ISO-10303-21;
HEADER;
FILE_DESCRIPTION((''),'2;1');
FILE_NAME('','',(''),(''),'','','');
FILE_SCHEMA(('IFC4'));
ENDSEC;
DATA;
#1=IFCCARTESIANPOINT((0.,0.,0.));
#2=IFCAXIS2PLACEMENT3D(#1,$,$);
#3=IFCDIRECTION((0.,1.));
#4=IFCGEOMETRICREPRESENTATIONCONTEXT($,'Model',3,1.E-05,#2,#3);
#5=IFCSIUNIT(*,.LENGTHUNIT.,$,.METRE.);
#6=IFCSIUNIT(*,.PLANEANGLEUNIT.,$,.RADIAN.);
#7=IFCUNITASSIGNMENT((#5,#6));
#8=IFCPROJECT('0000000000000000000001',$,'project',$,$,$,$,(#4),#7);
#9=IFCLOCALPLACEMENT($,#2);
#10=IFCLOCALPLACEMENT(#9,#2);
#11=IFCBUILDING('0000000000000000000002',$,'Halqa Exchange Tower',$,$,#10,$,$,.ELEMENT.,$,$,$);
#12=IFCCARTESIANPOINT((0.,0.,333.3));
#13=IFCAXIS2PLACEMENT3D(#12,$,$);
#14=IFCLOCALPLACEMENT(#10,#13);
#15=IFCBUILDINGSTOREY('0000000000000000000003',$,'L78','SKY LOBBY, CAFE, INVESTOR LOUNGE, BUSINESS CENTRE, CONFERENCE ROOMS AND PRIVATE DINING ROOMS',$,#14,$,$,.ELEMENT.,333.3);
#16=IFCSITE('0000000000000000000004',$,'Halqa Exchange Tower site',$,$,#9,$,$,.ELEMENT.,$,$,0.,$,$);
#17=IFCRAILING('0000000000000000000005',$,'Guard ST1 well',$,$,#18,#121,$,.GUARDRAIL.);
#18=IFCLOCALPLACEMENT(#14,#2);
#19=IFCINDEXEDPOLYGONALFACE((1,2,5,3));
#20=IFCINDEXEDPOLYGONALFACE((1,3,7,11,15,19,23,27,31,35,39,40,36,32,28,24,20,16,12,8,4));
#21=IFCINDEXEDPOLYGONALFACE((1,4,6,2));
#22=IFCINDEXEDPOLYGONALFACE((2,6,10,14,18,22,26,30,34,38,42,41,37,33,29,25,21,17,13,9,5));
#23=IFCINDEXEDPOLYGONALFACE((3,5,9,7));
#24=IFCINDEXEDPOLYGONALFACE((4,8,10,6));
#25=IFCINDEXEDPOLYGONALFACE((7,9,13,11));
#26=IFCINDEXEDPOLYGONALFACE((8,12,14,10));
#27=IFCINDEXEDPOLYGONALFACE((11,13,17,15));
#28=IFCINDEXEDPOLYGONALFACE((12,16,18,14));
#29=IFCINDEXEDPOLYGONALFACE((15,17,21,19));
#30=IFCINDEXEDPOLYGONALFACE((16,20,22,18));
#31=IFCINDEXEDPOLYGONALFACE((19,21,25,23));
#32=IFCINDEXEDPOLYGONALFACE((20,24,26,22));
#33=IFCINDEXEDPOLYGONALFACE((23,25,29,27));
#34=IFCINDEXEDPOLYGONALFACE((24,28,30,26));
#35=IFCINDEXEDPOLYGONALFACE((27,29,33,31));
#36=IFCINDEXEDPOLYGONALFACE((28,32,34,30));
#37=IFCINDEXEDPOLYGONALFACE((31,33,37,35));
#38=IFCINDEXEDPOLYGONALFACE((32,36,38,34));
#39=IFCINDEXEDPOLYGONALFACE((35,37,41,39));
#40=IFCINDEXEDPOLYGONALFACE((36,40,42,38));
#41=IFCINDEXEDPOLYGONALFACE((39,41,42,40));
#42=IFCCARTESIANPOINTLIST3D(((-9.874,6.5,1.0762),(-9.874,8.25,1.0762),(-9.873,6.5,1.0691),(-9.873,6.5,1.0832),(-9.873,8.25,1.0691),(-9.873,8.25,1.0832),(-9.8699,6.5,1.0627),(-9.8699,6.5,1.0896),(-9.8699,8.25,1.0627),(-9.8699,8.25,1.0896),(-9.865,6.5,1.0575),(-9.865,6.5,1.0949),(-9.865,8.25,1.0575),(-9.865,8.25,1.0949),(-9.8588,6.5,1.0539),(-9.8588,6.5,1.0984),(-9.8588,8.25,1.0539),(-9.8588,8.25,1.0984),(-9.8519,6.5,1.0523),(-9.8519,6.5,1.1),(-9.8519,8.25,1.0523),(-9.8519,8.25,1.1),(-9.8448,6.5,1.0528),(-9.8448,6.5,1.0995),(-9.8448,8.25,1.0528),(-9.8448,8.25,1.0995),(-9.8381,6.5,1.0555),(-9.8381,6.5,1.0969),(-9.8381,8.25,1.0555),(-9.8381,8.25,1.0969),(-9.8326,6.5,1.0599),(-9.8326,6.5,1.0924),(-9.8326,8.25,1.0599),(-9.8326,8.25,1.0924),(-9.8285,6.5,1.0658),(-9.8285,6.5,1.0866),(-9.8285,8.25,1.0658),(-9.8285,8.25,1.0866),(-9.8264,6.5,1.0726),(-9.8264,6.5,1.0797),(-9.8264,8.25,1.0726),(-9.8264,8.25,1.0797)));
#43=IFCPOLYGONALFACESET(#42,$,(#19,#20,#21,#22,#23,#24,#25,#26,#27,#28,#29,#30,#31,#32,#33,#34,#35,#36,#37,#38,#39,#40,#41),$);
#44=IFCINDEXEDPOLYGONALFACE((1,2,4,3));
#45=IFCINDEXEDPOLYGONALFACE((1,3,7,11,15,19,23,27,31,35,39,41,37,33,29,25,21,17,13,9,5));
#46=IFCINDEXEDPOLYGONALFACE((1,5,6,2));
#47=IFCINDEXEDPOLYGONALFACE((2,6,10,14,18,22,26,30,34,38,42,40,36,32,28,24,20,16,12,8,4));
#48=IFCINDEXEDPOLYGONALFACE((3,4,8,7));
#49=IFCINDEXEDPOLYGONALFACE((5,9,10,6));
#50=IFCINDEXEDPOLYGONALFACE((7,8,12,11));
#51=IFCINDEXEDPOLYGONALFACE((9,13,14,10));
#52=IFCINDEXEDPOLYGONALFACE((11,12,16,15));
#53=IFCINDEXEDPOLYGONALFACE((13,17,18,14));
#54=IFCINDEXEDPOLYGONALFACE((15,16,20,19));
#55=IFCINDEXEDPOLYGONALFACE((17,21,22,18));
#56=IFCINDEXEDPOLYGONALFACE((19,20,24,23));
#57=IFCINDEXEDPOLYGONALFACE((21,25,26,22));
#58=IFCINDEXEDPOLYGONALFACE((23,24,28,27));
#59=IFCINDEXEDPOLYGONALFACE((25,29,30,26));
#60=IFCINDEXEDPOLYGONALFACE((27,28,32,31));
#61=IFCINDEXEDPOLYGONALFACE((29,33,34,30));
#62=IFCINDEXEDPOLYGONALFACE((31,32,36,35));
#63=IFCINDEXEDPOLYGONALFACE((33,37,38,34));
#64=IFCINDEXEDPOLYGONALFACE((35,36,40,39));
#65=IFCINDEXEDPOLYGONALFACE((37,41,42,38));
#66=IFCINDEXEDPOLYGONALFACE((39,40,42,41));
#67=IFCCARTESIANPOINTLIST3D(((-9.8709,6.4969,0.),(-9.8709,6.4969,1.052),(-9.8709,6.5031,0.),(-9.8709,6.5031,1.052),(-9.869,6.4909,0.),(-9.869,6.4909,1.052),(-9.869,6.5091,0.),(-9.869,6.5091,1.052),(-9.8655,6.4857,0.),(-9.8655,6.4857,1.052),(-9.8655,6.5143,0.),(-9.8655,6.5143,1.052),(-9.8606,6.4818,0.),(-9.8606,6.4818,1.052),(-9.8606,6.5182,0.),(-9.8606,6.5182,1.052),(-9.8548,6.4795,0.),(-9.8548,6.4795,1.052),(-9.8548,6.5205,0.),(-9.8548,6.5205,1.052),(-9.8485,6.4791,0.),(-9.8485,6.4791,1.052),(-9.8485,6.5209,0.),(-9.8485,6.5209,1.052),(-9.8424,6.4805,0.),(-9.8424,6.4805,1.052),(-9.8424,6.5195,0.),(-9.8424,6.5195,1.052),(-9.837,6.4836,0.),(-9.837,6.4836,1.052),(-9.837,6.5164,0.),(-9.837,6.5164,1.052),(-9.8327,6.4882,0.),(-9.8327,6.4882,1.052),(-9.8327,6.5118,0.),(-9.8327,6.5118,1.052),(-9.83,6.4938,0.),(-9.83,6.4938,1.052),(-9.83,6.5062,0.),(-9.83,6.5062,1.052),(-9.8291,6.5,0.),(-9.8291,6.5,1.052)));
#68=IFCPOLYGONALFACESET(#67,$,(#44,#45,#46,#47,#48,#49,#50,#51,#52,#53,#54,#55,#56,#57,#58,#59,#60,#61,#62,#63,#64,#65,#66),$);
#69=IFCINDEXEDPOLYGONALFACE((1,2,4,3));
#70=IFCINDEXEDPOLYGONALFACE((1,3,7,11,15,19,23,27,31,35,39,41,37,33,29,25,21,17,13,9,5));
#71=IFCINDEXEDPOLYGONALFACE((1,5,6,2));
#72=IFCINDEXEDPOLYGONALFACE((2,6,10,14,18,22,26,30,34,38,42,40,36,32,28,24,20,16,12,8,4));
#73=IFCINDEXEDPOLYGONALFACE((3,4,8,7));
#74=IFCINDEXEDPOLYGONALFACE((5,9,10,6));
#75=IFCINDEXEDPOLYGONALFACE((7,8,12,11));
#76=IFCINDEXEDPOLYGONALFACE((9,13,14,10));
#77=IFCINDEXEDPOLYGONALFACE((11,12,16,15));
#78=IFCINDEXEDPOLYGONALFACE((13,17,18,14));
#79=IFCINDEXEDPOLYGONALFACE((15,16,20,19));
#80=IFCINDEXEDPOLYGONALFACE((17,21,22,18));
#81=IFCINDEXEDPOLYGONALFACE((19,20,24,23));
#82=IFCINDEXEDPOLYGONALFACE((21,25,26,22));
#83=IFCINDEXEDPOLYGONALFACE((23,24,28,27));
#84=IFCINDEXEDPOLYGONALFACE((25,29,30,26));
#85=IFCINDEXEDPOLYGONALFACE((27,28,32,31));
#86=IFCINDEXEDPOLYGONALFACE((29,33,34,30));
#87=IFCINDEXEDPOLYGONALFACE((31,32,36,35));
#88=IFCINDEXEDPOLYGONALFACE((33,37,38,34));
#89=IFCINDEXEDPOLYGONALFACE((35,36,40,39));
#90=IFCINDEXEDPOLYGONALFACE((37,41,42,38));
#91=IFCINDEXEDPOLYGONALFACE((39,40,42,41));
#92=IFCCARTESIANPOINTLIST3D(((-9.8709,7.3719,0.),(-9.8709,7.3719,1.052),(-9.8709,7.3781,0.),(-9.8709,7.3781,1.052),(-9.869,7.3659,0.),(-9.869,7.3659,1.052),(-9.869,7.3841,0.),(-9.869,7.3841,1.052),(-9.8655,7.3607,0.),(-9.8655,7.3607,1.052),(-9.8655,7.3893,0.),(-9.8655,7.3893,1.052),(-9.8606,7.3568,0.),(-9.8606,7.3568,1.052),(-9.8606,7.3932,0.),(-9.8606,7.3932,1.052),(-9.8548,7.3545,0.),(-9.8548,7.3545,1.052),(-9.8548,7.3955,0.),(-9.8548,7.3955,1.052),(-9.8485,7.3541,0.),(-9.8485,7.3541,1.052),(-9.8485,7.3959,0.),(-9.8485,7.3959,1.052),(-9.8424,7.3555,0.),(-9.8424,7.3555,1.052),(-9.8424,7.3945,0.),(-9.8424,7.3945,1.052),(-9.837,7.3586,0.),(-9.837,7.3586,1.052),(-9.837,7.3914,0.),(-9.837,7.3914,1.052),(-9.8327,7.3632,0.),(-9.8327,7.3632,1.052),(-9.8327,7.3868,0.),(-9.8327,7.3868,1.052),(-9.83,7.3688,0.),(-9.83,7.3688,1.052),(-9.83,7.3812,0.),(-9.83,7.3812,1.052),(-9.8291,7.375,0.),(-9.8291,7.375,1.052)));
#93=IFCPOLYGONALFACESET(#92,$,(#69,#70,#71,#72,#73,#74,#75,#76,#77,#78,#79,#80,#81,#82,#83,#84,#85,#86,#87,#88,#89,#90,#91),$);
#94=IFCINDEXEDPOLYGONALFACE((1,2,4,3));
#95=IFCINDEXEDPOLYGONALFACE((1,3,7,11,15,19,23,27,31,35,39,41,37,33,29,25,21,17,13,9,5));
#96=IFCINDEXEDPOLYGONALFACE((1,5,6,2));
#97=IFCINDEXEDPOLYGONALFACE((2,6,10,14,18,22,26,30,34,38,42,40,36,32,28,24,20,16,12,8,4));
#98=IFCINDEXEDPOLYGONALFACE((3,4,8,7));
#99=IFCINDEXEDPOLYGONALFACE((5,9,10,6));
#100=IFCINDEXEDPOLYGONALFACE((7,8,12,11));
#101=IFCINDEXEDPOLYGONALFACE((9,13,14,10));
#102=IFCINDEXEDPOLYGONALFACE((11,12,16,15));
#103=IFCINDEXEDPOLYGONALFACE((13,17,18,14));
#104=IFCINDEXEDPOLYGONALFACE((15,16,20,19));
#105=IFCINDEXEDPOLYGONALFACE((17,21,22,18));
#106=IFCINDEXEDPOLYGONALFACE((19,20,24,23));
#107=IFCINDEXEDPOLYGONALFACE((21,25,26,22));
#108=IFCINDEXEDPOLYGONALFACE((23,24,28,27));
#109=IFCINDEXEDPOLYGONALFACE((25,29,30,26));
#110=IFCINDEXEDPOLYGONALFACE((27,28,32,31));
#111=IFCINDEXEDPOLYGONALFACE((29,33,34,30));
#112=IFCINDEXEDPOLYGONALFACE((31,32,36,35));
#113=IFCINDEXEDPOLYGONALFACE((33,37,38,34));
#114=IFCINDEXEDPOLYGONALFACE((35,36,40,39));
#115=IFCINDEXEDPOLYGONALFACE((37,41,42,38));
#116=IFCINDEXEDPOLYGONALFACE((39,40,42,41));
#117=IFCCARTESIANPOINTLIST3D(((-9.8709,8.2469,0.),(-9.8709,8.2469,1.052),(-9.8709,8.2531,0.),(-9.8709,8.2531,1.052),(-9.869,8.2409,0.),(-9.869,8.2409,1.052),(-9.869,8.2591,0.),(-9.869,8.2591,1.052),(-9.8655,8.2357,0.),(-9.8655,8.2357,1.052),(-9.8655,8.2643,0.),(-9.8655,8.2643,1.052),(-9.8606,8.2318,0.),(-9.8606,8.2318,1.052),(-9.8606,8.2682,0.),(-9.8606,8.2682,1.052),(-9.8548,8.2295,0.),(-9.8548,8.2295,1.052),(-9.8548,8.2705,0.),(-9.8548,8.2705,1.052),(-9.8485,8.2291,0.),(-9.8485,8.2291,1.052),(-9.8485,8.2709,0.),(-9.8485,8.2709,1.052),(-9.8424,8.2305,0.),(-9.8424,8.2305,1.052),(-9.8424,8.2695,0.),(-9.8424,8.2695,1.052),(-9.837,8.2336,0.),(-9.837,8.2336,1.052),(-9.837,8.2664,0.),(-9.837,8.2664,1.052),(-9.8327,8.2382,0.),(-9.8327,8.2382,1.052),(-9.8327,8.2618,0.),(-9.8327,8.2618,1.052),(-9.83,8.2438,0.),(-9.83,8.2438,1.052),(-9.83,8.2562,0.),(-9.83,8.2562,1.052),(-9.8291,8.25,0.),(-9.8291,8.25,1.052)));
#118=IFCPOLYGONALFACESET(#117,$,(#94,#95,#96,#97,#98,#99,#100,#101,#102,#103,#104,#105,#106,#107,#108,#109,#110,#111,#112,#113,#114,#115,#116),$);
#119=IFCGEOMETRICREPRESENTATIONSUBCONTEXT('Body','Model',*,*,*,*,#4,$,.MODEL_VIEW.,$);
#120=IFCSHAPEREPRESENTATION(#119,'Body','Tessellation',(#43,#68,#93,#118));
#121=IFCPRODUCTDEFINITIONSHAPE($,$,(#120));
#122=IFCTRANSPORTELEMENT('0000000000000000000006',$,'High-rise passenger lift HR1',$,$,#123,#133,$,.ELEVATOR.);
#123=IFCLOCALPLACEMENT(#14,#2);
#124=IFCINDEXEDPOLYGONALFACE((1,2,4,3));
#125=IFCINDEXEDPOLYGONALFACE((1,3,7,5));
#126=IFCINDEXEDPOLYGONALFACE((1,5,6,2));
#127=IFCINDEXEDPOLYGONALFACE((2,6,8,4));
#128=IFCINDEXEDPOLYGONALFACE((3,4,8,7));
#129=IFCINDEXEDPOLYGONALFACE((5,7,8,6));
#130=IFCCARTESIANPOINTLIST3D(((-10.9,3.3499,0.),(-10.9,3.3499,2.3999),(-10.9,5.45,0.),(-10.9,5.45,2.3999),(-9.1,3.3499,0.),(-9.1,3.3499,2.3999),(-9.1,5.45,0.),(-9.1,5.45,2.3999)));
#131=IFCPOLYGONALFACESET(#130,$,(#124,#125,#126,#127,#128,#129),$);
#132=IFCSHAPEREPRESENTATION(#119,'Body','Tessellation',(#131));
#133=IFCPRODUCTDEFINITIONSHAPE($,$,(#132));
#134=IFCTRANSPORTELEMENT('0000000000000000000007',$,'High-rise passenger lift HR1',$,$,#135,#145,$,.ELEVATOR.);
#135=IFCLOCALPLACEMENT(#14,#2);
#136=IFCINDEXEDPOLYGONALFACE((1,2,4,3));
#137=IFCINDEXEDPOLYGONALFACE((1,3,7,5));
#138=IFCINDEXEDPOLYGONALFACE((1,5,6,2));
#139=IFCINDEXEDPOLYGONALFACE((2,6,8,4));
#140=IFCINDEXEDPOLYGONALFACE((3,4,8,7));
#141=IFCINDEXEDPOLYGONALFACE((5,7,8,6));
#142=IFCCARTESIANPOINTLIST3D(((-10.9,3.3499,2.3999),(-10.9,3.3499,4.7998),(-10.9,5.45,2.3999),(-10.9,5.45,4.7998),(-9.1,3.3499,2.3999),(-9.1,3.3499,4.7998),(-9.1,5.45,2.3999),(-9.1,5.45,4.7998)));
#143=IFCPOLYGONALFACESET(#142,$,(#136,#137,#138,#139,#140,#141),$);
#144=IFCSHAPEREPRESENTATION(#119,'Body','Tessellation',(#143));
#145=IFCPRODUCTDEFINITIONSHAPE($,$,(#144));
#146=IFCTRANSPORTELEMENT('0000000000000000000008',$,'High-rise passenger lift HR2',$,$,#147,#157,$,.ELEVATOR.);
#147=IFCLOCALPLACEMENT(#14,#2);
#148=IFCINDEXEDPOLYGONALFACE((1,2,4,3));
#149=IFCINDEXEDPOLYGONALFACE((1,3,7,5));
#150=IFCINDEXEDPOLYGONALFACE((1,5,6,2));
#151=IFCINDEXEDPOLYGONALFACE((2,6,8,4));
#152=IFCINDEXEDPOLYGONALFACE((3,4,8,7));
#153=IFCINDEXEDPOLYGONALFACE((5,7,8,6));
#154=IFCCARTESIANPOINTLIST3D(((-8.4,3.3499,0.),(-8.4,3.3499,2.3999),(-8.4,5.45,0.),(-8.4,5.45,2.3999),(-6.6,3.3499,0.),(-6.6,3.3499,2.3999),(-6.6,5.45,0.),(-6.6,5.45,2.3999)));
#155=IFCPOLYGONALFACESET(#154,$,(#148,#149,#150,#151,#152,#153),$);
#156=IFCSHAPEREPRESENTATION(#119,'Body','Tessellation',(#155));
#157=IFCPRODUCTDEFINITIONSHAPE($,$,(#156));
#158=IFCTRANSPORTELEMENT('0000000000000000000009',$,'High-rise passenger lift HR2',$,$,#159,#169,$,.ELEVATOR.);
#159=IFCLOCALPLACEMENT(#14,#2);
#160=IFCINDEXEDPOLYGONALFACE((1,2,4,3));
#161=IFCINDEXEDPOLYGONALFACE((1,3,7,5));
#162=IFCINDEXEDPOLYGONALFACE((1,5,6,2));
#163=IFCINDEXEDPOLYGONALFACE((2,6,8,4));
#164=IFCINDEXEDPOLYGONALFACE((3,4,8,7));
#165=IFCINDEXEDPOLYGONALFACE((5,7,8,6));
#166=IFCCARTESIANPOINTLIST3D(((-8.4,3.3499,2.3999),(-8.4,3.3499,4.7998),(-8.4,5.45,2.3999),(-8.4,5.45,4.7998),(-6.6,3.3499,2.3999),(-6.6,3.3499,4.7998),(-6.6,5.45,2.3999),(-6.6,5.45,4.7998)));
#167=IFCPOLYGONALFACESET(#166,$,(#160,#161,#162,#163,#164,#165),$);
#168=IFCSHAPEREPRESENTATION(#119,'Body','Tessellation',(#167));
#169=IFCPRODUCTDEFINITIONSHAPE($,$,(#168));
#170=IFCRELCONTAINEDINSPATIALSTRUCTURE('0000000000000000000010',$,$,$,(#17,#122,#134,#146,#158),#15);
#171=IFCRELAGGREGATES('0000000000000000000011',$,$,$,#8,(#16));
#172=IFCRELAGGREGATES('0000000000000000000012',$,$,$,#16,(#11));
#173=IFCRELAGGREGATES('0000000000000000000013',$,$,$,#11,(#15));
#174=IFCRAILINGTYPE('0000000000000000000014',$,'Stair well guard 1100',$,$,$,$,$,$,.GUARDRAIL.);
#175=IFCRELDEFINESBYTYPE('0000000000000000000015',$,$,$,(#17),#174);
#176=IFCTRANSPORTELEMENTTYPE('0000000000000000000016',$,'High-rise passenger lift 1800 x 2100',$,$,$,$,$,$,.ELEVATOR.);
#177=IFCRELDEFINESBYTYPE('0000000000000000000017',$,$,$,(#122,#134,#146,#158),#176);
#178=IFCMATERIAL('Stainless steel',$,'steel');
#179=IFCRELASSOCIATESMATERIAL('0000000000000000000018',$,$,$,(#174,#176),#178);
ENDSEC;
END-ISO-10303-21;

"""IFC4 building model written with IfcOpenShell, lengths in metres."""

from ifc_helpers import new_model, si_unit, direction, frame, origin, origin_2d, place, context, subcontext, project, spatial, rectangle, circle, extrude, material, type_object, element, save


model = new_model("IFC4")

# Units and contexts
model_context = context("Model", 3, precision=1e-05, world=origin(), true_north=direction((0.0, 1.0)))
body_context = subcontext(model_context, "Body", "Model", "MODEL_VIEW")
ifc_project = project(units=[si_unit("LENGTHUNIT", "METRE"), si_unit("PLANEANGLEUNIT", "RADIAN")], contexts=[model_context])

# Site, building, storey
site_placement = place(None, origin())
site = spatial("IfcSite", under=ifc_project, at=site_placement, Name="Halqa Exchange Tower site", CompositionType="ELEMENT", RefElevation=0.0)
building_placement = place(site_placement, origin())
building = spatial("IfcBuilding", under=site, at=building_placement, Name="Halqa Exchange Tower", CompositionType="ELEMENT")
storey_placement = place(building_placement, frame((0.0, 0.0, 333.3)))
storey = spatial("IfcBuildingStorey", under=building, at=storey_placement, Name="L78", Description="SKY LOBBY, CAFE, INVESTOR LOUNGE, BUSINESS CENTRE, CONFERENCE ROOMS AND PRIVATE DINING ROOMS", CompositionType="ELEMENT", Elevation=333.3)

# Shared definitions
ifc_material_1 = material(Name="Stainless steel", Category="steel")

# Railing
railing_type_1 = type_object("IfcRailingType", Name="Stair well guard 1100", PredefinedType="GUARDRAIL", material=ifc_material_1)
railing_1_placement = place(storey_placement, frame((-9.8501, 6.5, 0.0)))
element("IfcRailing", 1, at=railing_1_placement, inside=storey, type_object=railing_type_1, Name="Guard ST1 well", PredefinedType="GUARDRAIL", context=body_context, shape_type="SweptSolid", body=[
    extrude(circle(Radius=0.0239, at=origin_2d()), frame((0.0, 0.0, 1.0762), z_axis=(0.0, 1.0, 0.0), x_axis=(-1.0, 0.0, 0.0)), (0.0, 0.0, 1.0), 1.75),
    extrude(circle(Radius=0.021, at=origin_2d()), origin(), (0.0, 0.0, 1.0), 1.052),
    extrude(circle(Radius=0.021, at=origin_2d()), frame((0.0, 0.875, 0.0)), (0.0, 0.0, 1.0), 1.052),
    extrude(circle(Radius=0.021, at=origin_2d()), frame((0.0, 1.75, 0.0)), (0.0, 0.0, 1.0), 1.052),
])

# Transport elements
transport_element_type = type_object("IfcTransportElementType", Name="High-rise passenger lift 1800 x 2100", PredefinedType="ELEVATOR", material=ifc_material_1)
for number, where, z_axis, x_axis, name in (
    (2, (-10.0, 4.3999, 0.0), (0.0, 0.0, 1.0), (1.0, 0.0, 0.0), "High-rise passenger lift HR1"),
    (3, (-10.0, 4.3999, 2.3999), (0.0, 0.0, 1.0), (1.0, 0.0, 0.0), "High-rise passenger lift HR1"),
    (4, (-7.5, 4.3999, 0.0), (0.0, 0.0, 1.0), (1.0, 0.0, 0.0), "High-rise passenger lift HR2"),
    (5, (-7.5, 4.3999, 2.3999), (0.0, 0.0, 1.0), (1.0, 0.0, 0.0), "High-rise passenger lift HR2"),
):
    element("IfcTransportElement", number, at=place(storey_placement, frame(where, z_axis=z_axis, x_axis=x_axis)), inside=storey, type_object=transport_element_type, Name=name, PredefinedType="ELEVATOR", context=body_context, shape_type="SweptSolid", body=[
        extrude(rectangle(XDim=1.8, YDim=2.1001, at=origin_2d()), origin(), (0.0, 0.0, 1.0), 2.3999),
    ])

save(model, "model.ifc")
